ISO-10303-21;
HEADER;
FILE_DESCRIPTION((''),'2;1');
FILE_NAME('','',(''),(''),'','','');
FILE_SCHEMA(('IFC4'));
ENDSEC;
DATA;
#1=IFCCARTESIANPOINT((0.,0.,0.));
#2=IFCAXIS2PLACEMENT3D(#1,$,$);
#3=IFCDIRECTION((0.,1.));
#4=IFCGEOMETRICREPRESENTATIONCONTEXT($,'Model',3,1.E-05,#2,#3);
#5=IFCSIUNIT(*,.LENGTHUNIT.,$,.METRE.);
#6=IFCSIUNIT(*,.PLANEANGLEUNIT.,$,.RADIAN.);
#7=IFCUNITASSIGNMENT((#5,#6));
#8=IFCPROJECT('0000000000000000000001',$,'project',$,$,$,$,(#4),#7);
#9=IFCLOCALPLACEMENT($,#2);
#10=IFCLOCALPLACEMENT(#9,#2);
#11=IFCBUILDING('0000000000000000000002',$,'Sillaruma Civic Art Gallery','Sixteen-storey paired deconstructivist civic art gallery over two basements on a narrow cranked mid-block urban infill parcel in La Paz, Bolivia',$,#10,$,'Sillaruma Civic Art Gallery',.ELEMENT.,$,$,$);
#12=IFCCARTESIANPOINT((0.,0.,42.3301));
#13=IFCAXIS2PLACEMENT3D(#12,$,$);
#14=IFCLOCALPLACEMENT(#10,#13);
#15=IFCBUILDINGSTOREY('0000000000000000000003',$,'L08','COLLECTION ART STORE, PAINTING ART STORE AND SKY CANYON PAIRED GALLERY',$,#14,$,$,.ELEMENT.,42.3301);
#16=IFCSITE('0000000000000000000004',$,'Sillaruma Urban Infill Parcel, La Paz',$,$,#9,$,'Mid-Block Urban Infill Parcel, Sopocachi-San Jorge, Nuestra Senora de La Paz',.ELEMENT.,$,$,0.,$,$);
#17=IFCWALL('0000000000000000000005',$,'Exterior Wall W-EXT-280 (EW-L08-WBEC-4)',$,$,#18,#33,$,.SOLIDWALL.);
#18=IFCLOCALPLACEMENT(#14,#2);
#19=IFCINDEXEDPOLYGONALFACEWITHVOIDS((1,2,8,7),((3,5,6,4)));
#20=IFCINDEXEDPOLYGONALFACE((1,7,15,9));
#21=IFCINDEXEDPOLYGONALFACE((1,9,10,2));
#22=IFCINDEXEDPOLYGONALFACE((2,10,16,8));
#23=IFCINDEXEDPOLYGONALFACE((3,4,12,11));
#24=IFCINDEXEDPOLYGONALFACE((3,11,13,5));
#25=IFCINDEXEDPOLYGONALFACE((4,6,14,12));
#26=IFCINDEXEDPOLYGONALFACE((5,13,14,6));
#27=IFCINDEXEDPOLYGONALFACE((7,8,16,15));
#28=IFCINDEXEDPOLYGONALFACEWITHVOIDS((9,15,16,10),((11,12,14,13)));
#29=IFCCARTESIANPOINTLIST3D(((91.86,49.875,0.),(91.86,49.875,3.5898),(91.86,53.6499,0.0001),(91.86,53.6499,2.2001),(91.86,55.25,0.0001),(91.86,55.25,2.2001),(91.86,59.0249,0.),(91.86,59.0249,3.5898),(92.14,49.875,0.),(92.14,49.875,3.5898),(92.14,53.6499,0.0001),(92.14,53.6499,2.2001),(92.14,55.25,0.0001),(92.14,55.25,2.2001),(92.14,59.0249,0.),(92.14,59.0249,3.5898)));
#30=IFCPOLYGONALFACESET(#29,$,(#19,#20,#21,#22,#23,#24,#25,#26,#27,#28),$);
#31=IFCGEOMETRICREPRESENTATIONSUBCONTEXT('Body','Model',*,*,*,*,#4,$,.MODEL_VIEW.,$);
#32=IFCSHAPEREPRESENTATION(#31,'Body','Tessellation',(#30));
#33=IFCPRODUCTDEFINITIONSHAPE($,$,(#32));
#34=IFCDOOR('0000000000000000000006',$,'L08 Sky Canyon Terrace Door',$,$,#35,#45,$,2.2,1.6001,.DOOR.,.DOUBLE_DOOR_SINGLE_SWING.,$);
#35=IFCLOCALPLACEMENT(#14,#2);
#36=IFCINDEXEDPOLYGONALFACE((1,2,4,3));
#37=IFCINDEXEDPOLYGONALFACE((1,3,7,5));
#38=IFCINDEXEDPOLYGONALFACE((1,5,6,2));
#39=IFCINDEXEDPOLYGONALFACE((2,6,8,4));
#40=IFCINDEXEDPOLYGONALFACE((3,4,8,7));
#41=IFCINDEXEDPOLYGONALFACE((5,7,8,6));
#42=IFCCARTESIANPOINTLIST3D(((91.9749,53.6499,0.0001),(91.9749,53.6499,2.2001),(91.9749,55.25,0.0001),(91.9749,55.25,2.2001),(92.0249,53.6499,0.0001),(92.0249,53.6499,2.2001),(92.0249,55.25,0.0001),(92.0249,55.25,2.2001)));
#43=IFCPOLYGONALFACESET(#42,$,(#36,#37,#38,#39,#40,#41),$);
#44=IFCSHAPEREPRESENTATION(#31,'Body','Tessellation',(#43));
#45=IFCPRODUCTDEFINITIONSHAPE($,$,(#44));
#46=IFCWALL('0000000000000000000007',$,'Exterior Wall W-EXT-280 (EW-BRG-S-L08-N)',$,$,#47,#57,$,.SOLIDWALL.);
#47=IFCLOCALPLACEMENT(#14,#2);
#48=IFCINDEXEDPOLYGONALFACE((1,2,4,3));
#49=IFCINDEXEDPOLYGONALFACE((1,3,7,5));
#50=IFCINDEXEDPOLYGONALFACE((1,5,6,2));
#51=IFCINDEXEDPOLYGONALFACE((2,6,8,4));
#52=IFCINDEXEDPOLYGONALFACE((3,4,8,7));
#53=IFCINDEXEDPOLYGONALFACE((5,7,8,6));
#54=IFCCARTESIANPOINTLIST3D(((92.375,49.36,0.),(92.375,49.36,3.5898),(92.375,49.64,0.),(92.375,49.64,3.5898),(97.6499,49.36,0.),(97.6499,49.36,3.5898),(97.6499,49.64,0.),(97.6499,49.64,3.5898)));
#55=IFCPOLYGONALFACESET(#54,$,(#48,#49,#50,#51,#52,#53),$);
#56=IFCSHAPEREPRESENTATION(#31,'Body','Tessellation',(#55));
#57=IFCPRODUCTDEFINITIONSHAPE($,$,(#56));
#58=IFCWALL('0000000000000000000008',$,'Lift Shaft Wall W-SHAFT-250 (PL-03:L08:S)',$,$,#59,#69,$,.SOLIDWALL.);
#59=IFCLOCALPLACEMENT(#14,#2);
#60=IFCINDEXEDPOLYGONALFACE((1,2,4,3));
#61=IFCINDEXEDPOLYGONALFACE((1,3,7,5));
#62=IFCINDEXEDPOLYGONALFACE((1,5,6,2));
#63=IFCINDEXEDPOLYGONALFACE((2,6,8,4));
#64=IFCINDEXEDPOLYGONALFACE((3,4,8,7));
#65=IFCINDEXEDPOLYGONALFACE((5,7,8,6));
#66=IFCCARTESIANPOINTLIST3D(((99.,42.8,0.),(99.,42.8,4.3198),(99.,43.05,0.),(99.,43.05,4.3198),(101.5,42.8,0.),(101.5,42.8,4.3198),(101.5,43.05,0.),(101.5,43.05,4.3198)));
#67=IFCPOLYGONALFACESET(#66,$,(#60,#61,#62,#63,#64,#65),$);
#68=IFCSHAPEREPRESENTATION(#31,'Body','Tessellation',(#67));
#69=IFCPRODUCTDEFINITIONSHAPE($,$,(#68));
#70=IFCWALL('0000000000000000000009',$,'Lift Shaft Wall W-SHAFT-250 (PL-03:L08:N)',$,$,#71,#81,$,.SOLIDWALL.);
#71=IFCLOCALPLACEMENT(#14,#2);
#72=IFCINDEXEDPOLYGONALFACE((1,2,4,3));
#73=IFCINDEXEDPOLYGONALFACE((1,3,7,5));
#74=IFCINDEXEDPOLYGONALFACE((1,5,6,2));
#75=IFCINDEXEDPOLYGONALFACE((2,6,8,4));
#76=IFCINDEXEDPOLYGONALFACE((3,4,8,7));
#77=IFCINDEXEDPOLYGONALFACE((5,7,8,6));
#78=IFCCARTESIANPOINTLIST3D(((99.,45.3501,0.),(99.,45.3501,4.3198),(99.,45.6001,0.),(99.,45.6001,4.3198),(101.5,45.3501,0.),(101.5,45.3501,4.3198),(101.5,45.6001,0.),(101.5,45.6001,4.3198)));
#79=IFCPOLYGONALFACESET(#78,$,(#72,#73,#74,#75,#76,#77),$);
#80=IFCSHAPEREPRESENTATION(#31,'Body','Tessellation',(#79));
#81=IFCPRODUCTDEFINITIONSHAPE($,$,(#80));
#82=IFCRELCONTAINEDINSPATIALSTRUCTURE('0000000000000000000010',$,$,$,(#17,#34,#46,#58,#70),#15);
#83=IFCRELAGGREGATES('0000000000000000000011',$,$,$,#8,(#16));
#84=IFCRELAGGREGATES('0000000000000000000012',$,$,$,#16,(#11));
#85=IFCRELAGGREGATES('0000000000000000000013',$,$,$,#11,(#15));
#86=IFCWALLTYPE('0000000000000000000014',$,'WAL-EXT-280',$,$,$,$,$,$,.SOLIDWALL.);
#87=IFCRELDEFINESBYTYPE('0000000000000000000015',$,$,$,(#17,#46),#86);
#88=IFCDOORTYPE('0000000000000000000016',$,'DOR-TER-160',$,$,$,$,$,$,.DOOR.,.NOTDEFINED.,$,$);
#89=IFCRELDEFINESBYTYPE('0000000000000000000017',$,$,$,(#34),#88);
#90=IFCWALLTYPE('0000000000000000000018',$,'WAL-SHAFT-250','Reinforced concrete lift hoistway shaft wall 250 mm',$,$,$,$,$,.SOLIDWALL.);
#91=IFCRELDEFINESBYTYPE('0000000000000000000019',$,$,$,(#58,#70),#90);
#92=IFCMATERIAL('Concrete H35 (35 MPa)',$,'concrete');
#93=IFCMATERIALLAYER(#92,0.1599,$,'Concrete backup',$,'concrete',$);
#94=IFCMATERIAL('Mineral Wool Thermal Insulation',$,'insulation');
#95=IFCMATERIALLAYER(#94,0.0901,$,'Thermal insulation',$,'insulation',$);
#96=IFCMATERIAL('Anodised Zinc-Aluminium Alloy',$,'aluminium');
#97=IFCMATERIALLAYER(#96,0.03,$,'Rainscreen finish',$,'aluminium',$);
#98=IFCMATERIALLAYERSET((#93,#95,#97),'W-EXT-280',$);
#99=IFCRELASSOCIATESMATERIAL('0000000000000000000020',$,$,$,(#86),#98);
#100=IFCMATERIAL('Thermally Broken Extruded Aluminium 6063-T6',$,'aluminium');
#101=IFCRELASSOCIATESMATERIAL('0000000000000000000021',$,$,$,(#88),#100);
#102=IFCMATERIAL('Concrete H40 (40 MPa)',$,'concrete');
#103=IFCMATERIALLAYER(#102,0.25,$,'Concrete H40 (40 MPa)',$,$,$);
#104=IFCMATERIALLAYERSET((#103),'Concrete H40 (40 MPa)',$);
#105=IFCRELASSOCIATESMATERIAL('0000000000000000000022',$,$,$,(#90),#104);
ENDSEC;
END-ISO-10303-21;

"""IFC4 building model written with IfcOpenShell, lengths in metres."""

from ifc_helpers import new_model, si_unit, direction, frame, frame_2d, origin, place, context, subcontext, project, spatial, rectangle, extrude, material, layer, layer_set, type_object, element, fill, save


model = new_model("IFC4")

# Units and contexts
model_context = context("Model", 3, precision=1e-05, world=origin(), true_north=direction((0.0, 1.0)))
body_context = subcontext(model_context, "Body", "Model", "MODEL_VIEW")
ifc_project = project(units=[si_unit("LENGTHUNIT", "METRE"), si_unit("PLANEANGLEUNIT", "RADIAN")], contexts=[model_context])

# Site, building, storey
site_placement = place(None, origin())
site = spatial("IfcSite", under=ifc_project, at=site_placement, Name="Sillaruma Urban Infill Parcel, La Paz", LongName="Mid-Block Urban Infill Parcel, Sopocachi-San Jorge, Nuestra Senora de La Paz", CompositionType="ELEMENT", RefElevation=0.0)
building_placement = place(site_placement, origin())
building = spatial("IfcBuilding", under=site, at=building_placement, Name="Sillaruma Civic Art Gallery", Description="Sixteen-storey paired deconstructivist civic art gallery over two basements on a narrow cranked mid-block urban infill parcel in La Paz, Bolivia", LongName="Sillaruma Civic Art Gallery", CompositionType="ELEMENT")
storey_placement = place(building_placement, frame((0.0, 0.0, 42.3301)))
storey = spatial("IfcBuildingStorey", under=building, at=storey_placement, Name="L08", Description="COLLECTION ART STORE, PAINTING ART STORE AND SKY CANYON PAIRED GALLERY", CompositionType="ELEMENT", Elevation=42.3301)

# Shared definitions
ifc_material_1 = material(Name="Concrete H40 (40 MPa)", Category="concrete")

# Shared definitions
ifc_material_2 = material(Name="Concrete H35 (35 MPa)", Category="concrete")

# Shared definitions
ifc_material_3 = material(Name="Thermally Broken Extruded Aluminium 6063-T6", Category="aluminium")

# Shared definitions
ifc_material_4 = material(Name="Anodised Zinc-Aluminium Alloy", Category="aluminium")

# Wall, opening, door
ifc_layer_1 = layer(ifc_material_2, 0.1599, Name="Concrete backup", Category="concrete")
ifc_material_5 = material(Name="Mineral Wool Thermal Insulation", Category="insulation")
ifc_layer_2 = layer(ifc_material_5, 0.0901, Name="Thermal insulation", Category="insulation")
ifc_layer_3 = layer(ifc_material_4, 0.03, Name="Rainscreen finish", Category="aluminium")
ifc_layer_set_1 = layer_set([ifc_layer_1, ifc_layer_2, ifc_layer_3], Name="W-EXT-280")
wall_type_1 = type_object("IfcWallType", Name="WAL-EXT-280", PredefinedType="SOLIDWALL", material=ifc_layer_set_1)
wall_1_placement = place(storey_placement, frame((92.0, 49.875, 0.0), z_axis=(0.0, 0.0, 1.0), x_axis=(0.0, 1.0, 0.0)))
wall_1 = element("IfcWall", 1, at=wall_1_placement, inside=storey, type_object=wall_type_1, Name="Exterior Wall W-EXT-280 (EW-L08-WBEC-4)", PredefinedType="SOLIDWALL", context=body_context, shape_type="SweptSolid", body=[
    extrude(rectangle(XDim=9.1499, YDim=0.28, at=frame_2d((4.575, 0.0))), origin(), (0.0, 0.0, 1.0), 3.5898),
])
opening_placement = place(wall_1_placement, frame((3.7749, 0.0, 0.0)))
opening = element("IfcOpeningElement", 2, at=opening_placement, cuts=wall_1, PredefinedType="OPENING", context=body_context, shape_type="SweptSolid", body=[
    extrude(rectangle(XDim=1.6001, YDim=2.2, at=frame_2d((0.8, 1.1001))), frame((0.0, 0.1499, 0.0), z_axis=(0.0, -1.0, 0.0), x_axis=(1.0, 0.0, 0.0)), (0.0, 0.0, 1.0), 0.3),
])
door_type = type_object("IfcDoorType", Name="DOR-TER-160", OperationType="NOTDEFINED", PredefinedType="DOOR", material=ifc_material_3)
door_placement = place(opening_placement, frame((1.6001, 0.0, 0.0), z_axis=(0.0, 0.0, 1.0), x_axis=(-1.0, 0.0, 0.0)))
door = element("IfcDoor", 3, at=door_placement, inside=storey, type_object=door_type, Name="L08 Sky Canyon Terrace Door", OperationType="DOUBLE_DOOR_SINGLE_SWING", OverallHeight=2.2, OverallWidth=1.6001, PredefinedType="DOOR", context=body_context, shape_type="SweptSolid", body=[
    extrude(rectangle(XDim=1.6001, YDim=2.2, at=frame_2d((0.8, 1.1001))), frame((0.0, 0.0249, 0.0), z_axis=(0.0, -1.0, 0.0), x_axis=(1.0, 0.0, 0.0)), (0.0, 0.0, 1.0), 0.05),
])
fill(opening, door)

# Walls
wall_2_placement = place(storey_placement, frame((92.375, 49.5, 0.0), z_axis=(0.0, 0.0, 1.0), x_axis=(1.0, 0.0, 0.0)))
element("IfcWall", 4, at=wall_2_placement, inside=storey, type_object=wall_type_1, Name="Exterior Wall W-EXT-280 (EW-BRG-S-L08-N)", PredefinedType="SOLIDWALL", context=body_context, shape_type="SweptSolid", body=[
    extrude(rectangle(XDim=5.2749, YDim=0.28, at=frame_2d((2.6375, 0.0))), origin(), (0.0, 0.0, 1.0), 3.5898),
])
ifc_layer_4 = layer(ifc_material_1, 0.25, Name="Concrete H40 (40 MPa)")
ifc_layer_set_2 = layer_set([ifc_layer_4], Name="Concrete H40 (40 MPa)")
wall_type_2 = type_object("IfcWallType", Name="WAL-SHAFT-250", Description="Reinforced concrete lift hoistway shaft wall 250 mm", PredefinedType="SOLIDWALL", material=ifc_layer_set_2)
for number, where, z_axis, x_axis, name in (
    (5, (99.0, 42.925, 0.0), (0.0, 0.0, 1.0), (1.0, 0.0, 0.0), "Lift Shaft Wall W-SHAFT-250 (PL-03:L08:S)"),
    (6, (99.0, 45.4751, 0.0), (0.0, 0.0, 1.0), (1.0, 0.0, 0.0), "Lift Shaft Wall W-SHAFT-250 (PL-03:L08:N)"),
):
    element("IfcWall", number, at=place(storey_placement, frame(where, z_axis=z_axis, x_axis=x_axis)), inside=storey, type_object=wall_type_2, Name=name, PredefinedType="SOLIDWALL", context=body_context, shape_type="SweptSolid", body=[
        extrude(rectangle(XDim=2.5, YDim=0.25, at=frame_2d((1.25, 0.0))), origin(), (0.0, 0.0, 1.0), 4.3198),
    ])

save(model, "model.ifc")
